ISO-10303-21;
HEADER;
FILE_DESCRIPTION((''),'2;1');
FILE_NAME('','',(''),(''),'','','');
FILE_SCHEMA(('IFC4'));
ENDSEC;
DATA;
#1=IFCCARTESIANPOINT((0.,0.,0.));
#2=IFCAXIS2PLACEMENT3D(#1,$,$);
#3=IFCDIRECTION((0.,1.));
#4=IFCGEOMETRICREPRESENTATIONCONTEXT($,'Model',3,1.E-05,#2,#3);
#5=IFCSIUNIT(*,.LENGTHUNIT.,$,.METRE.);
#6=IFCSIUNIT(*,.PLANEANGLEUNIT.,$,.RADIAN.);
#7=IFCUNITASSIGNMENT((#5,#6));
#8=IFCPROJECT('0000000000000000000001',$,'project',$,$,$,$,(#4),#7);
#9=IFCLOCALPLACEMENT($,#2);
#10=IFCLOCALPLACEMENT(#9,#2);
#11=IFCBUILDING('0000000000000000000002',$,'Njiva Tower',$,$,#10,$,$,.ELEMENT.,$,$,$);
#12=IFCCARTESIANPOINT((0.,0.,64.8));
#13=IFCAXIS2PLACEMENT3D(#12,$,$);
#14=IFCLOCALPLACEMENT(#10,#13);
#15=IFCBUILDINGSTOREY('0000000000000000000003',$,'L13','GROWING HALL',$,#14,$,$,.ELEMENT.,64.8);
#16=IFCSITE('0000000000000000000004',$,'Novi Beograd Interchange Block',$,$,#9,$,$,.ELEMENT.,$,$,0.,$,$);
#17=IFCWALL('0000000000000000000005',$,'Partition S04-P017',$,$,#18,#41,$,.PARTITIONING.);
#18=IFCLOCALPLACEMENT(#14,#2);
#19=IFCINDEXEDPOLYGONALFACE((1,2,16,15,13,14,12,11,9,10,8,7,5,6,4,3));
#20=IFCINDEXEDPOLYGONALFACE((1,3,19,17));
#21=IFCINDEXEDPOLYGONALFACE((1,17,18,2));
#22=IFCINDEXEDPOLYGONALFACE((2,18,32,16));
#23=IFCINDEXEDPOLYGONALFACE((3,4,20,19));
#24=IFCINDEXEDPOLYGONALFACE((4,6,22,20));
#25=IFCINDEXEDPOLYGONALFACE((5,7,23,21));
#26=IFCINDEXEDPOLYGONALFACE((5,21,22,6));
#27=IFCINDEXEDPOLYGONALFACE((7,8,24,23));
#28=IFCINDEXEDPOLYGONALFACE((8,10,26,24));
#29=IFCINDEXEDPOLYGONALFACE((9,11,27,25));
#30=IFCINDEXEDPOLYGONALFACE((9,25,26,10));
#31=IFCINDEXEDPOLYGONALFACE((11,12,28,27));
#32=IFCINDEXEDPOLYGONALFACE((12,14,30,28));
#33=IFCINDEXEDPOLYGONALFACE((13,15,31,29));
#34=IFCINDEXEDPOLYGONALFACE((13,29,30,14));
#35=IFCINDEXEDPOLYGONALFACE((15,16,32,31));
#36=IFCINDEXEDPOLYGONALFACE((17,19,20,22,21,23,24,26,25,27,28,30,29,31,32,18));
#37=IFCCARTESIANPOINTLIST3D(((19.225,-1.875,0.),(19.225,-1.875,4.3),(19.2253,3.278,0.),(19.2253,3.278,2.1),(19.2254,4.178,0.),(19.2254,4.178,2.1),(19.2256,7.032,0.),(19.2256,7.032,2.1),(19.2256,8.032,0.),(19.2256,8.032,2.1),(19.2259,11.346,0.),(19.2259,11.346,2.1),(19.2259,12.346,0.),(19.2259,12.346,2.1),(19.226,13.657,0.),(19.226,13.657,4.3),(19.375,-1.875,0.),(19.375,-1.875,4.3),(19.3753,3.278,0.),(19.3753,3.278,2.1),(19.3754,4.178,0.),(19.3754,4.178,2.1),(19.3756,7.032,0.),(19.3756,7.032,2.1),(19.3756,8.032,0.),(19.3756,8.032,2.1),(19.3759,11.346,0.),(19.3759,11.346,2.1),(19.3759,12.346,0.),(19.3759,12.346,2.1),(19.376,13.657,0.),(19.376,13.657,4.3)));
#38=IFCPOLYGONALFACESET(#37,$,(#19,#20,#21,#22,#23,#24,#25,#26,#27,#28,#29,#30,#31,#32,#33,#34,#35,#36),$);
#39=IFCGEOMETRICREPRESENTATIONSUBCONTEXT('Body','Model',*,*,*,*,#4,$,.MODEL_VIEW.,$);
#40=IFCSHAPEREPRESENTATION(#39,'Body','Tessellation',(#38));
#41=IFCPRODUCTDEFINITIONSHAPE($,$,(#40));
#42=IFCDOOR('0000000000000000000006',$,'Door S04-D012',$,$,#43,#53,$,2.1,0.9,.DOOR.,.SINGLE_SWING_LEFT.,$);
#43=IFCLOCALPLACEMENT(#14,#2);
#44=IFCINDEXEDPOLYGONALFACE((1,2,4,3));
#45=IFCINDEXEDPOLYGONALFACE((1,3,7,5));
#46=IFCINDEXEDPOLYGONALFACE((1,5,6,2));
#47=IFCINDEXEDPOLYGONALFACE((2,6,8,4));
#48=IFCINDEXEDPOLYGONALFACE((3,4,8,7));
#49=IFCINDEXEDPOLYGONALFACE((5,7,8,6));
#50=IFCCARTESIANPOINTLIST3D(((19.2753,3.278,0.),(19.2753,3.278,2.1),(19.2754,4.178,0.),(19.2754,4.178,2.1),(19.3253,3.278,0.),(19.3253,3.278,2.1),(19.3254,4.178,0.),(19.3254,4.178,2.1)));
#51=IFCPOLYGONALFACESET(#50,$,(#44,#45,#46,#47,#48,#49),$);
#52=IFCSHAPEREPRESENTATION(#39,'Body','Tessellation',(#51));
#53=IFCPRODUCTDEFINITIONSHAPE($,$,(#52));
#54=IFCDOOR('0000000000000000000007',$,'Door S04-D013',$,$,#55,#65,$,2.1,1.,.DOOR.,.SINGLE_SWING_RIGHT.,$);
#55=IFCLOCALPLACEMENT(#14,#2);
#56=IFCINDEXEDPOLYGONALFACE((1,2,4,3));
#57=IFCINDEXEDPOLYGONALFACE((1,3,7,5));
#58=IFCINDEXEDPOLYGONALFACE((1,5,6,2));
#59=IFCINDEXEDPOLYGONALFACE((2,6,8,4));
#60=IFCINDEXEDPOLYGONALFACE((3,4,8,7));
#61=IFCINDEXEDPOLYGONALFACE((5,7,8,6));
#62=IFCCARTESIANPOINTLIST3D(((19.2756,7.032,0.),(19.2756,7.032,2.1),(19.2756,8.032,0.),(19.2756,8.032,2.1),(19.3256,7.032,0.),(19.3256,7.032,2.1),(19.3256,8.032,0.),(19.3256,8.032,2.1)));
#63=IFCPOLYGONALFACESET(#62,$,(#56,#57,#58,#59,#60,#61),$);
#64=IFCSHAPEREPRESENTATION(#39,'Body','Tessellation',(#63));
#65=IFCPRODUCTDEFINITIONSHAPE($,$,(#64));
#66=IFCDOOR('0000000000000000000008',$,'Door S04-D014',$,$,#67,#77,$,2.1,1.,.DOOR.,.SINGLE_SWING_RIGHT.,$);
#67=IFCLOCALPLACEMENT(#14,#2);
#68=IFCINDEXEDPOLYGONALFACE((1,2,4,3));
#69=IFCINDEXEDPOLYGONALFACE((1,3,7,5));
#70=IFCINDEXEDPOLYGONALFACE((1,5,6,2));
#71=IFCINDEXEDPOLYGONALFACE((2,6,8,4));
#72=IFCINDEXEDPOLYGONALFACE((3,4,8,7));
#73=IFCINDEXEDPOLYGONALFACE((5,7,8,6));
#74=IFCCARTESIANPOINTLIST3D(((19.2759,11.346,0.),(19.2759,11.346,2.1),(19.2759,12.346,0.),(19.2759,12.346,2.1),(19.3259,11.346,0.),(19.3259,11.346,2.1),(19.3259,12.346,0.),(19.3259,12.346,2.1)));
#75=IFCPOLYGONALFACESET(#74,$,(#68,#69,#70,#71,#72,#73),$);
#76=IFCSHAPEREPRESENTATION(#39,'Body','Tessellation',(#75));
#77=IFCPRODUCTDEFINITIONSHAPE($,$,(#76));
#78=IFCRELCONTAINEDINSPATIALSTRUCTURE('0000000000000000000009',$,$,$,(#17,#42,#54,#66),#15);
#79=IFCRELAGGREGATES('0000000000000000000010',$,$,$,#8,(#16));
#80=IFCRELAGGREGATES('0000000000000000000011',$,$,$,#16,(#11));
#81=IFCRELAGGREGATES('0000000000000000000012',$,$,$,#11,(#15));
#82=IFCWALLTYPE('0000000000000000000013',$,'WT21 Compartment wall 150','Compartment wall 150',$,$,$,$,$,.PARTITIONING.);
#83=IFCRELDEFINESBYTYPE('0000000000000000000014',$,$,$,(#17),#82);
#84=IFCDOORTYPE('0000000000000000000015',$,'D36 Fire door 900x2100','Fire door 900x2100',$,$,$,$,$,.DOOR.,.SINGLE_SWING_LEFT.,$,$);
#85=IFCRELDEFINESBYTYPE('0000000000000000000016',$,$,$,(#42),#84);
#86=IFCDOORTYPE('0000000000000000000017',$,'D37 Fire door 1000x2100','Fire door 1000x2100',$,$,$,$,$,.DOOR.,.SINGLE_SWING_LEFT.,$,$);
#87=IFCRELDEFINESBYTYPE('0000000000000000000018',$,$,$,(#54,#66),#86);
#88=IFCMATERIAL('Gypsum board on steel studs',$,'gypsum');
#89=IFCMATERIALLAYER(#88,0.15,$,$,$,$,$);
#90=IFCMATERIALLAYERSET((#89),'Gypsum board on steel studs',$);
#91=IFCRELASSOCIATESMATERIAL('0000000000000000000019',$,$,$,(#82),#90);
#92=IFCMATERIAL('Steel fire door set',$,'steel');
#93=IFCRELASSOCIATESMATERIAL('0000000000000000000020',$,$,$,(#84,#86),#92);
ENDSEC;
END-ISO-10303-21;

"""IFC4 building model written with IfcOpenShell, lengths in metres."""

from ifc_helpers import new_model, si_unit, direction, frame, frame_2d, origin, place, context, subcontext, project, spatial, rectangle, extrude, material, layer, layer_set, type_object, element, fill, save


model = new_model("IFC4")

# Units and contexts
model_context = context("Model", 3, precision=1e-05, world=origin(), true_north=direction((0.0, 1.0)))
body_context = subcontext(model_context, "Body", "Model", "MODEL_VIEW")
ifc_project = project(units=[si_unit("LENGTHUNIT", "METRE"), si_unit("PLANEANGLEUNIT", "RADIAN")], contexts=[model_context])

# Site, building, storey
site_placement = place(None, origin())
site = spatial("IfcSite", under=ifc_project, at=site_placement, Name="Novi Beograd Interchange Block", CompositionType="ELEMENT", RefElevation=0.0)
building_placement = place(site_placement, origin())
building = spatial("IfcBuilding", under=site, at=building_placement, Name="Njiva Tower", CompositionType="ELEMENT")
storey_placement = place(building_placement, frame((0.0, 0.0, 64.8)))
storey = spatial("IfcBuildingStorey", under=building, at=storey_placement, Name="L13", Description="GROWING HALL", CompositionType="ELEMENT", Elevation=64.8)

# Shared definitions
ifc_material_1 = material(Name="Gypsum board on steel studs", Category="gypsum")
ifc_layer_1 = layer(ifc_material_1, 0.15)
ifc_layer_set_1 = layer_set([ifc_layer_1], Name="Gypsum board on steel studs")
wall_type_1 = type_object("IfcWallType", Name="WT21 Compartment wall 150", Description="Compartment wall 150", PredefinedType="PARTITIONING", material=ifc_layer_set_1)

# Wall, openings, doors
wall_1_placement = place(storey_placement, frame((19.3, -1.875, 0.0), z_axis=(0.0, 0.0, 1.0), x_axis=(0.000064, 1.0, 0.0)))
wall_1 = element("IfcWall", 1, at=wall_1_placement, inside=storey, type_object=wall_type_1, Name="Partition S04-P017", PredefinedType="PARTITIONING", context=body_context, shape_type="SweptSolid", body=[
    extrude(rectangle(XDim=15.532, YDim=0.15, at=frame_2d((7.766, 0.0))), origin(), (0.0, 0.0, 1.0), 4.3),
])
opening_1_placement = place(wall_1_placement, frame((5.153, 0.0, 0.0)))
opening_1 = element("IfcOpeningElement", 2, at=opening_1_placement, cuts=wall_1, PredefinedType="OPENING", context=body_context, shape_type="SweptSolid", body=[
    extrude(rectangle(XDim=0.9, YDim=2.1, at=frame_2d((0.45, 1.05))), frame((0.0, 0.085, 0.0), z_axis=(0.0, -1.0, 0.0), x_axis=(1.0, 0.0, 0.0)), (0.0, 0.0, 1.0), 0.17),
])
opening_2_placement = place(wall_1_placement, frame((8.907, 0.0, 0.0)))
opening_2 = element("IfcOpeningElement", 3, at=opening_2_placement, cuts=wall_1, PredefinedType="OPENING", context=body_context, shape_type="SweptSolid", body=[
    extrude(rectangle(XDim=1.0, YDim=2.1, at=frame_2d((0.5, 1.05))), frame((0.0, 0.085, 0.0), z_axis=(0.0, -1.0, 0.0), x_axis=(1.0, 0.0, 0.0)), (0.0, 0.0, 1.0), 0.17),
])
opening_3_placement = place(wall_1_placement, frame((13.221, 0.0, 0.0)))
opening_3 = element("IfcOpeningElement", 4, at=opening_3_placement, cuts=wall_1, PredefinedType="OPENING", context=body_context, shape_type="SweptSolid", body=[
    extrude(rectangle(XDim=1.0, YDim=2.1, at=frame_2d((0.5, 1.05))), frame((0.0, 0.085, 0.0), z_axis=(0.0, -1.0, 0.0), x_axis=(1.0, 0.0, 0.0)), (0.0, 0.0, 1.0), 0.17),
])
ifc_material_2 = material(Name="Steel fire door set", Category="steel")
door_type_1 = type_object("IfcDoorType", Name="D36 Fire door 900x2100", Description="Fire door 900x2100", OperationType="SINGLE_SWING_LEFT", PredefinedType="DOOR", material=ifc_material_2)
door_1_placement = place(opening_1_placement, origin())
door_1 = element("IfcDoor", 5, at=door_1_placement, inside=storey, type_object=door_type_1, Name="Door S04-D012", OperationType="SINGLE_SWING_LEFT", OverallHeight=2.1, OverallWidth=0.9, PredefinedType="DOOR", context=body_context, shape_type="SweptSolid", body=[
    extrude(rectangle(XDim=0.9, YDim=2.1, at=frame_2d((0.45, 1.05))), frame((0.0, 0.025, 0.0), z_axis=(0.0, -1.0, 0.0), x_axis=(1.0, 0.0, 0.0)), (0.0, 0.0, 1.0), 0.05),
])
fill(opening_1, door_1)
door_type_2 = type_object("IfcDoorType", Name="D37 Fire door 1000x2100", Description="Fire door 1000x2100", OperationType="SINGLE_SWING_LEFT", PredefinedType="DOOR", material=ifc_material_2)
door_2_placement = place(opening_2_placement, origin())
door_2 = element("IfcDoor", 6, at=door_2_placement, inside=storey, type_object=door_type_2, Name="Door S04-D013", OperationType="SINGLE_SWING_RIGHT", OverallHeight=2.1, OverallWidth=1.0, PredefinedType="DOOR", context=body_context, shape_type="SweptSolid", body=[
    extrude(rectangle(XDim=1.0, YDim=2.1, at=frame_2d((0.5, 1.05))), frame((0.0, 0.025, 0.0), z_axis=(0.0, -1.0, 0.0), x_axis=(1.0, 0.0, 0.0)), (0.0, 0.0, 1.0), 0.05),
])
fill(opening_2, door_2)
door_3_placement = place(opening_3_placement, origin())
door_3 = element("IfcDoor", 7, at=door_3_placement, inside=storey, type_object=door_type_2, Name="Door S04-D014", OperationType="SINGLE_SWING_RIGHT", OverallHeight=2.1, OverallWidth=1.0, PredefinedType="DOOR", context=body_context, shape_type="SweptSolid", body=[
    extrude(rectangle(XDim=1.0, YDim=2.1, at=frame_2d((0.5, 1.05))), frame((0.0, 0.025, 0.0), z_axis=(0.0, -1.0, 0.0), x_axis=(1.0, 0.0, 0.0)), (0.0, 0.0, 1.0), 0.05),
])
fill(opening_3, door_3)

save(model, "model.ifc")
